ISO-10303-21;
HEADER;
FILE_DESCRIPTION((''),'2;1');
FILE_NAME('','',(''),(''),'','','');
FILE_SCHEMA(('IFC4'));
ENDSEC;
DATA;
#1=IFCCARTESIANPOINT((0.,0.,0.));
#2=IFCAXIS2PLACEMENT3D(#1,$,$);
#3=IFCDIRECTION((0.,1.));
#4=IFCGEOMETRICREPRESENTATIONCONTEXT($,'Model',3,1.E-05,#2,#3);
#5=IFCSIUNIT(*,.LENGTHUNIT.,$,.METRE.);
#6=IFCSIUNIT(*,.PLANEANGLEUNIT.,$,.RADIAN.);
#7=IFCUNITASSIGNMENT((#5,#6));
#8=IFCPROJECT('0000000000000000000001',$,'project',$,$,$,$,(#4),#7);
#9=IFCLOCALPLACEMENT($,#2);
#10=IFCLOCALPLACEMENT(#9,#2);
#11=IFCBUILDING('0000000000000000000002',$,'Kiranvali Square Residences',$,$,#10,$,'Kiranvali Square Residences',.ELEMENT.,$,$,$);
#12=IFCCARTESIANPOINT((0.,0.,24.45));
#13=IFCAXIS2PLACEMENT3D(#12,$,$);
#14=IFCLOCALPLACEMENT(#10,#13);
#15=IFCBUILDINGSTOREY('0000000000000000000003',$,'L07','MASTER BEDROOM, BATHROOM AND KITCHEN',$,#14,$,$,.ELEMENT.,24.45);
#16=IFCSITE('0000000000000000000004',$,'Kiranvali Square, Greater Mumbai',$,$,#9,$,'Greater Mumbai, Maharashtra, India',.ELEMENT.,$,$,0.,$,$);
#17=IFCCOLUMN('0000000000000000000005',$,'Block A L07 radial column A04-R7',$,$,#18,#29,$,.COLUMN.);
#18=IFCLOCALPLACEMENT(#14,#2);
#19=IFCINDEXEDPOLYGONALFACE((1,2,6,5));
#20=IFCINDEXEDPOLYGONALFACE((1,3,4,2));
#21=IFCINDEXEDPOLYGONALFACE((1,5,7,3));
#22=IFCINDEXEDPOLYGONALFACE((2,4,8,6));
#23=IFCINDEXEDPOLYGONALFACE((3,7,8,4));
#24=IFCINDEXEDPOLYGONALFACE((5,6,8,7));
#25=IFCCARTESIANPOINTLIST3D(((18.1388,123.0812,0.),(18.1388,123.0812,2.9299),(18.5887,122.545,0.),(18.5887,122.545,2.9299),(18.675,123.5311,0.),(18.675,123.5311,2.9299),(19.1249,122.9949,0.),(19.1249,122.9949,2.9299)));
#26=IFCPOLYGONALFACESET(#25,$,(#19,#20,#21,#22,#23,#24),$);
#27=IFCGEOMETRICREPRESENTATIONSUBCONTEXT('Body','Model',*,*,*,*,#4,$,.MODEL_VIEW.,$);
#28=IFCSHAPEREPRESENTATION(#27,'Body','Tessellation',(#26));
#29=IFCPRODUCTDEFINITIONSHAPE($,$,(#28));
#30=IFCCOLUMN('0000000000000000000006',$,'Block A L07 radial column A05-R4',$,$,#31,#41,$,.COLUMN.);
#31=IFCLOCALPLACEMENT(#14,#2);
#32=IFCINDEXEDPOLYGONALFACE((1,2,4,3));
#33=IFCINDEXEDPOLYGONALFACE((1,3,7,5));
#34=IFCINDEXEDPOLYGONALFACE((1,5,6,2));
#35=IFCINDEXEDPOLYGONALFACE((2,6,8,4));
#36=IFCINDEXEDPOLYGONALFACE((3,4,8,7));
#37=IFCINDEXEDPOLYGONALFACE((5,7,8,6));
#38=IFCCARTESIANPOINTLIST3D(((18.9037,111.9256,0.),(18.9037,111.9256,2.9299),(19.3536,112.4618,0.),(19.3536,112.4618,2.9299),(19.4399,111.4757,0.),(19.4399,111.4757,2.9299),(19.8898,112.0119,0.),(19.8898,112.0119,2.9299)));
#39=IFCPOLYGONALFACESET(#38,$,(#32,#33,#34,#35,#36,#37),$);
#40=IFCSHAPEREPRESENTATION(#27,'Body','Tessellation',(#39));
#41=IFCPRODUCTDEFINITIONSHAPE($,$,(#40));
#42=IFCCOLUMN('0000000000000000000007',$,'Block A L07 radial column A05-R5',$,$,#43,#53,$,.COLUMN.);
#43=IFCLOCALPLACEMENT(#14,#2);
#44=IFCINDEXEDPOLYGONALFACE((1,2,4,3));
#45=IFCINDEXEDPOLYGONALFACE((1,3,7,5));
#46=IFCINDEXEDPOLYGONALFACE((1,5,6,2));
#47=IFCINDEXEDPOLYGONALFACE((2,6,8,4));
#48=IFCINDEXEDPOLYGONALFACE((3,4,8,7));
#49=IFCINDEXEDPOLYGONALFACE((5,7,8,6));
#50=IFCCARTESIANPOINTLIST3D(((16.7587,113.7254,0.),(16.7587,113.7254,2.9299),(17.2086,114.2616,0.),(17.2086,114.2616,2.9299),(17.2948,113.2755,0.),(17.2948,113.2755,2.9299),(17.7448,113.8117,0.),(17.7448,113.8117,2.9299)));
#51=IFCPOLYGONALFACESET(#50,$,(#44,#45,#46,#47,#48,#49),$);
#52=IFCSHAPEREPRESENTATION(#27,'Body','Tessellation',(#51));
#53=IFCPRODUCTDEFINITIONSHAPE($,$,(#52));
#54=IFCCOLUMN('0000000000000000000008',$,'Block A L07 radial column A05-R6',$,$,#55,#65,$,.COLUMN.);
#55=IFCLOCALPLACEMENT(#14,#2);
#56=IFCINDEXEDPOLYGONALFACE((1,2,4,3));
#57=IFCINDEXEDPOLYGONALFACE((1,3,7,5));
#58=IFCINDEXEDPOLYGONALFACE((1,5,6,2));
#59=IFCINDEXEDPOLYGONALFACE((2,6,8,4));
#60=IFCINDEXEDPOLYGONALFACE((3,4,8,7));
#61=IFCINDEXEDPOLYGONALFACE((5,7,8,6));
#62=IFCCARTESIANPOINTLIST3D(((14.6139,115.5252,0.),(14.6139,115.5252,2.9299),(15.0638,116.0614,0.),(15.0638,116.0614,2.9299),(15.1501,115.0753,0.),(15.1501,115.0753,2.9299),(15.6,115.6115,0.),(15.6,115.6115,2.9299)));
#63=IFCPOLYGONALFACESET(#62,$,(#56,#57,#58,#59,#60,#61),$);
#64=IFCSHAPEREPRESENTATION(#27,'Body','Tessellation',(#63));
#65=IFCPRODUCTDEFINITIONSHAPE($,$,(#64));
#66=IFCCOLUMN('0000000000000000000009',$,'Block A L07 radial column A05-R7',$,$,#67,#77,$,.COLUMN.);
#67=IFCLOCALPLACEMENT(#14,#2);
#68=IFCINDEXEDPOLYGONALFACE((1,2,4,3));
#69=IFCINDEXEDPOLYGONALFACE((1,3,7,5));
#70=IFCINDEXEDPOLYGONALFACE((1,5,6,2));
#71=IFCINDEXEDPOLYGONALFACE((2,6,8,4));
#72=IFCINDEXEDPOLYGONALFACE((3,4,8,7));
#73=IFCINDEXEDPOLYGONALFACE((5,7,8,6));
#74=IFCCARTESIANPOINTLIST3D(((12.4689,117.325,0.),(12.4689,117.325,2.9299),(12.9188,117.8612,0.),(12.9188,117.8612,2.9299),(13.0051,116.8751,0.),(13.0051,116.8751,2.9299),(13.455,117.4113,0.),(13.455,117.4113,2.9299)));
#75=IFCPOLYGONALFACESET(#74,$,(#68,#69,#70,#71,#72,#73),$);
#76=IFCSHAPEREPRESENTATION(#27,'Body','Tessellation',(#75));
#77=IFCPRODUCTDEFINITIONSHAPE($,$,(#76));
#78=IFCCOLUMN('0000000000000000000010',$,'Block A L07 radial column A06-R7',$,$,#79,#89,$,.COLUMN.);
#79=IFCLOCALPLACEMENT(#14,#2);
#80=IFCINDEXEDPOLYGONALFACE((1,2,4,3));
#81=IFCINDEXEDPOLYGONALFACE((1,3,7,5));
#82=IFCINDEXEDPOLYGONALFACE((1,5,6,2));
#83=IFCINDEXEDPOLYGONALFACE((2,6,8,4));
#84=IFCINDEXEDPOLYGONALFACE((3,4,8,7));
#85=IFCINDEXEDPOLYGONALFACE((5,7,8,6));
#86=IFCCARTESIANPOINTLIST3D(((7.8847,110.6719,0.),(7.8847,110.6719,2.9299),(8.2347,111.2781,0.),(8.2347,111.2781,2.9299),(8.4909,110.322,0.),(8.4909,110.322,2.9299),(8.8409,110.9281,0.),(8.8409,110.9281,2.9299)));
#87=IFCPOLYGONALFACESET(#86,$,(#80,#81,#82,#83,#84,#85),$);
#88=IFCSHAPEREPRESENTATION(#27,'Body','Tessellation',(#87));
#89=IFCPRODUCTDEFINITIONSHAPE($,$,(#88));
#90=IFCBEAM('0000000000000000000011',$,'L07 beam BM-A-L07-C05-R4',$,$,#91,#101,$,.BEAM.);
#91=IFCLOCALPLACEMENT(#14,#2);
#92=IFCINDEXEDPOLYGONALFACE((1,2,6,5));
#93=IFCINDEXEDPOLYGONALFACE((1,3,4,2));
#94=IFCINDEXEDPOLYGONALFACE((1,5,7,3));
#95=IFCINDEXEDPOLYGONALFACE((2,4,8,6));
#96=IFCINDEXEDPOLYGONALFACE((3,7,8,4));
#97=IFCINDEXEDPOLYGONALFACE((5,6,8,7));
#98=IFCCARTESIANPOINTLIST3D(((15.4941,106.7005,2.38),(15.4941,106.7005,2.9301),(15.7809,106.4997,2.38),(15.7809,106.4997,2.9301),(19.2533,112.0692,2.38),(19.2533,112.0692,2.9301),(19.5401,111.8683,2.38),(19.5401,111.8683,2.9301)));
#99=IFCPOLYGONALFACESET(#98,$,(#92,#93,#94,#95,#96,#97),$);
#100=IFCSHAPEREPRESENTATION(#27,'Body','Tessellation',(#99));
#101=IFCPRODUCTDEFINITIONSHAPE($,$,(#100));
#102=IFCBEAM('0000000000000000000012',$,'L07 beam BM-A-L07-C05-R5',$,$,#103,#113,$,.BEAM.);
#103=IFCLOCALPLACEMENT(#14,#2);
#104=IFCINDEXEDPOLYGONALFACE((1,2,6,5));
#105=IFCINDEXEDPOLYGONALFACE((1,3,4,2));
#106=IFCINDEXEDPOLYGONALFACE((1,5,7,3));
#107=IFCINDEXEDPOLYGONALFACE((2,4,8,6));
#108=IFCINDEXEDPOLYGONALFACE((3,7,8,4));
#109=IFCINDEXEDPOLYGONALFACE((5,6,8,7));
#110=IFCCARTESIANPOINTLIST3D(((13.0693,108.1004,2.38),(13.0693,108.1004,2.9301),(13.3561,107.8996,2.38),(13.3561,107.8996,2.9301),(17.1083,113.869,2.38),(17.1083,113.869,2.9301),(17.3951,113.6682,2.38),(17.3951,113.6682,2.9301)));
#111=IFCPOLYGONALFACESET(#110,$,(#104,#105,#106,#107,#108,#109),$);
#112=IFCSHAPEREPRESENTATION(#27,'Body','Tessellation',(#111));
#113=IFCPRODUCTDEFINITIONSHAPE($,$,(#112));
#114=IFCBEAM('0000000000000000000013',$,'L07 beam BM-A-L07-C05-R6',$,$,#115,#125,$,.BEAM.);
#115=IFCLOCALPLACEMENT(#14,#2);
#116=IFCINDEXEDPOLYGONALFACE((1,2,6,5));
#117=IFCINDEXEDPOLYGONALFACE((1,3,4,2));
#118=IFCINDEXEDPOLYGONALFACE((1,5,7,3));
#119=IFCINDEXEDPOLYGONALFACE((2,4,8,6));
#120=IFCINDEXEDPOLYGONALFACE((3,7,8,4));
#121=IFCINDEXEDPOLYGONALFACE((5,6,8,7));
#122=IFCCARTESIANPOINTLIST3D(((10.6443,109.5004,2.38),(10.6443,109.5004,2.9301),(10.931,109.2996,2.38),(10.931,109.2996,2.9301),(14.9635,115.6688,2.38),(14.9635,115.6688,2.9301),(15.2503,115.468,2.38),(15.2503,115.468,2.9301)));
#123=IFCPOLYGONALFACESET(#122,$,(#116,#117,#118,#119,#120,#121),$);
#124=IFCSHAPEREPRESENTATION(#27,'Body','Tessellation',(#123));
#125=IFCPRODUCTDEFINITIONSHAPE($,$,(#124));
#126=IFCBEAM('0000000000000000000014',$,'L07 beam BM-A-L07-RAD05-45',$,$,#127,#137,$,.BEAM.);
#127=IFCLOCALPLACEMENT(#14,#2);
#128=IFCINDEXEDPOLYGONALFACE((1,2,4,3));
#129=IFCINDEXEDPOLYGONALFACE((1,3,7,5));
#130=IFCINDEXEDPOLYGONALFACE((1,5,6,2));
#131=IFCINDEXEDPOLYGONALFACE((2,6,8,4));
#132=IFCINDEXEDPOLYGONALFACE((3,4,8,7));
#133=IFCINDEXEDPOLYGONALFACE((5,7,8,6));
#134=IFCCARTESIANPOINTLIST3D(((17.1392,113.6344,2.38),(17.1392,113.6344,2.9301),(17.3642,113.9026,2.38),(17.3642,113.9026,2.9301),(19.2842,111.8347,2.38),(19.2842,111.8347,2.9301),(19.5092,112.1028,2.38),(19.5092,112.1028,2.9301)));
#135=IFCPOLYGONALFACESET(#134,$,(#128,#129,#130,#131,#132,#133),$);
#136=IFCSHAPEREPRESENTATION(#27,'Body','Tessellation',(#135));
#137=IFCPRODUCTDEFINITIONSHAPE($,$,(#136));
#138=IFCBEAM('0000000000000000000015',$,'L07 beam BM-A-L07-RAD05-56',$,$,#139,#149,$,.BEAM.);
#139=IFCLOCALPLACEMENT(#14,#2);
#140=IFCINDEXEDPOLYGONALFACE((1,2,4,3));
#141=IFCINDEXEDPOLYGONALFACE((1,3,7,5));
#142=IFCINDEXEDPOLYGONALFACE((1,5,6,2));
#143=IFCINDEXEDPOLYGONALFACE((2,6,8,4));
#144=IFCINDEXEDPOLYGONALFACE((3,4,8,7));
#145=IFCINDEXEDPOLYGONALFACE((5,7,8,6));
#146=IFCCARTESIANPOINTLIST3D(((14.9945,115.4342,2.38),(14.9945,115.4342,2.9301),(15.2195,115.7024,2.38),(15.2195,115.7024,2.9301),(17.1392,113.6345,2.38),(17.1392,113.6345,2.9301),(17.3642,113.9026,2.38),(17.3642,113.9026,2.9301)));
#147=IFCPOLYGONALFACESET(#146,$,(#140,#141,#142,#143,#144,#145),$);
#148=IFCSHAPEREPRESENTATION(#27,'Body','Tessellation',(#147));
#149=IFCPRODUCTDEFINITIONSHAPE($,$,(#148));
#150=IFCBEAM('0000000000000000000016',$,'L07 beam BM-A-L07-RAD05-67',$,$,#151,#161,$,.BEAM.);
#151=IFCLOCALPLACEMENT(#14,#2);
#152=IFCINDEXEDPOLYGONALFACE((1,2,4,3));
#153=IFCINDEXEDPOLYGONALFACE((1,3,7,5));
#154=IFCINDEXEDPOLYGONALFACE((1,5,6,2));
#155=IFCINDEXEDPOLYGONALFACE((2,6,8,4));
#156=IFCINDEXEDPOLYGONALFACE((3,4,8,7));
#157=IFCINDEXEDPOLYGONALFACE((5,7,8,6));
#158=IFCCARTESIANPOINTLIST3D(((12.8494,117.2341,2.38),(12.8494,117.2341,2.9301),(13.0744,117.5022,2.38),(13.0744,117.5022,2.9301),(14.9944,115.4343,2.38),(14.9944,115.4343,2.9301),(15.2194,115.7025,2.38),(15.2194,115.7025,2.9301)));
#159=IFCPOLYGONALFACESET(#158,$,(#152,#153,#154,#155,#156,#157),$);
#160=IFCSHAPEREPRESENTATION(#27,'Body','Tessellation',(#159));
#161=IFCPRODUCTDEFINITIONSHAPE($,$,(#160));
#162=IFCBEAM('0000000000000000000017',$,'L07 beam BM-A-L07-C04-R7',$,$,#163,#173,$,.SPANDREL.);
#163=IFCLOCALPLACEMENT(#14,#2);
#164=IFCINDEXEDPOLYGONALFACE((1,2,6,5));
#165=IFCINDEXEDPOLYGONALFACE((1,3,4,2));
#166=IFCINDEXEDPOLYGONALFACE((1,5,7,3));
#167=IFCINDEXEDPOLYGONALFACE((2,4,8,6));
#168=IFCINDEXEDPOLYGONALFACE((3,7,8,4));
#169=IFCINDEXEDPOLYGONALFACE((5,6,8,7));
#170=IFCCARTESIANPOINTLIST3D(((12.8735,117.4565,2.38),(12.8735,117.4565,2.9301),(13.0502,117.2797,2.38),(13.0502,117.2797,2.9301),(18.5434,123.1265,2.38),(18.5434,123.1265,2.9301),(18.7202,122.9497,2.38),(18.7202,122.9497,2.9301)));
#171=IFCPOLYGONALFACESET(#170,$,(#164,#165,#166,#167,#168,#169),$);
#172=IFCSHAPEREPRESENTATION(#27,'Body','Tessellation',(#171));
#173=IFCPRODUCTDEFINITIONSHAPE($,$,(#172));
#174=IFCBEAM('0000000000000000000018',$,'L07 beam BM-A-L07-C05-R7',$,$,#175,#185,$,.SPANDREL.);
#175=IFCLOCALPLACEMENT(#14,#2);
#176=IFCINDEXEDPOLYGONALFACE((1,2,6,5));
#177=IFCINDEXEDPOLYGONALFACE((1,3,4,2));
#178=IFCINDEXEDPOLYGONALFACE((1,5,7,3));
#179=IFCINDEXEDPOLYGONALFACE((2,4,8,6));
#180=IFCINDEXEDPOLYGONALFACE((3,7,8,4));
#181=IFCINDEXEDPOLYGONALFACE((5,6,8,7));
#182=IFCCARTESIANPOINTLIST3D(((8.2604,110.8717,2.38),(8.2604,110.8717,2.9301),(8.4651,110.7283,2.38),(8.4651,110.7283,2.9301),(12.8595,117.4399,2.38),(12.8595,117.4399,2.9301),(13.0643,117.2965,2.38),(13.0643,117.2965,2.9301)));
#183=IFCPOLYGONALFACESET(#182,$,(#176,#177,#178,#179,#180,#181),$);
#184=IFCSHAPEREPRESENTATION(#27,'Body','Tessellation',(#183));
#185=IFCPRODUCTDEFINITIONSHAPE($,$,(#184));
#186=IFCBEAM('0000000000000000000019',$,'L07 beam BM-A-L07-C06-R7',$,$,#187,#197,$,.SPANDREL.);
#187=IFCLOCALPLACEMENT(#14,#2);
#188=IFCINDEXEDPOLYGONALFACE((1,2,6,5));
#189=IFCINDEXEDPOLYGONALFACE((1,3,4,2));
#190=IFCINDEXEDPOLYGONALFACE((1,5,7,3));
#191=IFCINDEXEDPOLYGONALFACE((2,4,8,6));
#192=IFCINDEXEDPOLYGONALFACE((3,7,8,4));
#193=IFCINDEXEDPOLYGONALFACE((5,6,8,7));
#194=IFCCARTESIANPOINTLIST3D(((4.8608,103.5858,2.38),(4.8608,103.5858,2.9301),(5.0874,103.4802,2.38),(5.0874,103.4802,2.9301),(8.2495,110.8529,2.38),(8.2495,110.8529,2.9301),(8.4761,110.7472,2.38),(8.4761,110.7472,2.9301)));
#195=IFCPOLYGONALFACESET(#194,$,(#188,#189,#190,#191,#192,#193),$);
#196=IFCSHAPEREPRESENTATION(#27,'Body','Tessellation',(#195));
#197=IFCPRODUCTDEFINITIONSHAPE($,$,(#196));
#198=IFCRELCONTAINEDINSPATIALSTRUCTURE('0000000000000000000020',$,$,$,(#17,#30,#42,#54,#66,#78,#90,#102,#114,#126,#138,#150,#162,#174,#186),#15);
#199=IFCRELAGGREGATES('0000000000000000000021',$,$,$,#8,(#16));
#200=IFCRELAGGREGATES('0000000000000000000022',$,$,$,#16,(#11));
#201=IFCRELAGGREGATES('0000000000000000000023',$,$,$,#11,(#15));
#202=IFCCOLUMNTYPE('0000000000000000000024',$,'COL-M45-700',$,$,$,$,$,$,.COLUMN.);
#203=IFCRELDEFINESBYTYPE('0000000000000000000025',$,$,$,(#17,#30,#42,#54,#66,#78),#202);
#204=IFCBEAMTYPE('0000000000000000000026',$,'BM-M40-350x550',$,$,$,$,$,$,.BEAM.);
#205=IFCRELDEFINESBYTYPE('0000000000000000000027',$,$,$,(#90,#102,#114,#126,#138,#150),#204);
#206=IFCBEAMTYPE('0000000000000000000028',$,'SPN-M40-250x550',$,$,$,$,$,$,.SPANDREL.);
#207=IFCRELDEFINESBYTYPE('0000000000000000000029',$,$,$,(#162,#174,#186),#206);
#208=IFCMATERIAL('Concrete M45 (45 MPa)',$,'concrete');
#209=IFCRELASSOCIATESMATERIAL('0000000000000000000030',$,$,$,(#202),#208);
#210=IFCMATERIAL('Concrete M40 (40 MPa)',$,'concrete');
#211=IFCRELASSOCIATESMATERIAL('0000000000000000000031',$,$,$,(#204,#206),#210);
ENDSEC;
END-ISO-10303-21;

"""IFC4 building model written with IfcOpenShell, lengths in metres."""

from ifc_helpers import new_model, si_unit, direction, frame, origin, origin_2d, place, context, subcontext, project, spatial, rectangle, extrude, material, material_profile, profile_set, type_object, element, save


model = new_model("IFC4")

# Units and contexts
model_context = context("Model", 3, precision=1e-05, world=origin(), true_north=direction((0.0, 1.0)))
body_context = subcontext(model_context, "Body", "Model", "MODEL_VIEW")
ifc_project = project(units=[si_unit("LENGTHUNIT", "METRE"), si_unit("PLANEANGLEUNIT", "RADIAN")], contexts=[model_context])

# Site, building, storey
site_placement = place(None, origin())
site = spatial("IfcSite", under=ifc_project, at=site_placement, Name="Kiranvali Square, Greater Mumbai", LongName="Greater Mumbai, Maharashtra, India", CompositionType="ELEMENT", RefElevation=0.0)
building_placement = place(site_placement, origin())
building = spatial("IfcBuilding", under=site, at=building_placement, Name="Kiranvali Square Residences", LongName="Kiranvali Square Residences", CompositionType="ELEMENT")
storey_placement = place(building_placement, frame((0.0, 0.0, 24.45)))
storey = spatial("IfcBuildingStorey", under=building, at=storey_placement, Name="L07", Description="MASTER BEDROOM, BATHROOM AND KITCHEN", CompositionType="ELEMENT", Elevation=24.45)

# Columns
ifc_material_1 = material(Name="Concrete M45 (45 MPa)", Category="concrete")
ifc_material_profile_1 = material_profile(ifc_material_1, rectangle(XDim=0.7, YDim=0.7, at=origin_2d()), Name="RC 700x700")
ifc_profile_set_1 = profile_set([ifc_material_profile_1], Name="Concrete M45 (45 MPa)")
column_type = type_object("IfcColumnType", Name="COL-M45-700", PredefinedType="COLUMN", material=ifc_profile_set_1)
for number, where, z_axis, x_axis, name in (
    (1, (18.6318, 123.0381, 0.0), (0.0, 0.0, 1.0), (0.766044, 0.642788, 0.0), "Block A L07 radial column A04-R7"),
    (2, (19.3967, 111.9688, 0.0), (0.0, 0.0, 1.0), (0.642788, 0.766044, 0.0), "Block A L07 radial column A05-R4"),
    (3, (17.2517, 113.7686, 0.0), (0.0, 0.0, 1.0), (0.642788, 0.766044, 0.0), "Block A L07 radial column A05-R5"),
    (4, (15.1069, 115.5684, 0.0), (0.0, 0.0, 1.0), (0.642788, 0.766044, 0.0), "Block A L07 radial column A05-R6"),
    (5, (12.9619, 117.3682, 0.0), (0.0, 0.0, 1.0), (0.642788, 0.766044, 0.0), "Block A L07 radial column A05-R7"),
    (6, (8.3628, 110.8, 0.0), (0.0, 0.0, 1.0), (0.5, 0.866025, 0.0), "Block A L07 radial column A06-R7"),
):
    element("IfcColumn", number, at=place(storey_placement, frame(where, z_axis=z_axis, x_axis=x_axis)), inside=storey, type_object=column_type, Name=name, PredefinedType="COLUMN", context=body_context, shape_type="SweptSolid", body=[
        extrude(rectangle(XDim=0.7, YDim=0.7, at=origin_2d()), origin(), (0.0, 0.0, 1.0), 2.9299),
    ])

# Beams
ifc_material_2 = material(Name="Concrete M40 (40 MPa)", Category="concrete")
ifc_material_profile_2 = material_profile(ifc_material_2, rectangle(XDim=0.3501, YDim=0.55, at=origin_2d()), Name="RC 350x550")
ifc_profile_set_2 = profile_set([ifc_material_profile_2], Name="Concrete M40 (40 MPa)")
beam_type_1 = type_object("IfcBeamType", Name="BM-M40-350x550", PredefinedType="BEAM", material=ifc_profile_set_2)
beam_1_placement = place(storey_placement, frame((19.3967, 111.9688, 2.655), z_axis=(-0.573587, -0.819144, 0.0), x_axis=(0.819144, -0.573587, 0.0)))
element("IfcBeam", 7, at=beam_1_placement, inside=storey, type_object=beam_type_1, Name="L07 beam BM-A-L07-C05-R4", PredefinedType="BEAM", context=body_context, shape_type="SweptSolid", body=[
    extrude(rectangle(XDim=0.3501, YDim=0.55, at=origin_2d()), origin(), (0.0, 0.0, 1.0), 6.554),
])
beam_2_placement = place(storey_placement, frame((17.2517, 113.7686, 2.655), z_axis=(-0.573565, -0.81916, 0.0), x_axis=(0.81916, -0.573565, 0.0)))
element("IfcBeam", 8, at=beam_2_placement, inside=storey, type_object=beam_type_1, Name="L07 beam BM-A-L07-C05-R5", PredefinedType="BEAM", context=body_context, shape_type="SweptSolid", body=[
    extrude(rectangle(XDim=0.3501, YDim=0.55, at=origin_2d()), origin(), (0.0, 0.0, 1.0), 7.042),
])
beam_3_placement = place(storey_placement, frame((15.1069, 115.5684, 2.655), z_axis=(-0.573589, -0.819144, 0.0), x_axis=(0.819144, -0.573589, 0.0)))
element("IfcBeam", 9, at=beam_3_placement, inside=storey, type_object=beam_type_1, Name="L07 beam BM-A-L07-C05-R6", PredefinedType="BEAM", context=body_context, shape_type="SweptSolid", body=[
    extrude(rectangle(XDim=0.3501, YDim=0.55, at=origin_2d()), origin(), (0.0, 0.0, 1.0), 7.5303),
])
beam_4_placement = place(storey_placement, frame((19.3967, 111.9688, 2.655), z_axis=(-0.766059, 0.642771, 0.0), x_axis=(-0.642771, -0.766059, 0.0)))
element("IfcBeam", 10, at=beam_4_placement, inside=storey, type_object=beam_type_1, Name="L07 beam BM-A-L07-RAD05-45", PredefinedType="BEAM", context=body_context, shape_type="SweptSolid", body=[
    extrude(rectangle(XDim=0.3501, YDim=0.55, at=origin_2d()), origin(), (0.0, 0.0, 1.0), 2.8),
])
beam_5_placement = place(storey_placement, frame((17.2517, 113.7686, 2.655), z_axis=(-0.766023, 0.642814, 0.0), x_axis=(-0.642814, -0.766023, 0.0)))
element("IfcBeam", 11, at=beam_5_placement, inside=storey, type_object=beam_type_1, Name="L07 beam BM-A-L07-RAD05-56", PredefinedType="BEAM", context=body_context, shape_type="SweptSolid", body=[
    extrude(rectangle(XDim=0.3501, YDim=0.55, at=origin_2d()), origin(), (0.0, 0.0, 1.0), 2.7998),
])
beam_6_placement = place(storey_placement, frame((15.1069, 115.5684, 2.655), z_axis=(-0.766059, 0.642771, 0.0), x_axis=(-0.642771, -0.766059, 0.0)))
element("IfcBeam", 12, at=beam_6_placement, inside=storey, type_object=beam_type_1, Name="L07 beam BM-A-L07-RAD05-67", PredefinedType="BEAM", context=body_context, shape_type="SweptSolid", body=[
    extrude(rectangle(XDim=0.3501, YDim=0.55, at=origin_2d()), origin(), (0.0, 0.0, 1.0), 2.8),
])
ifc_material_profile_3 = material_profile(ifc_material_2, rectangle(XDim=0.25, YDim=0.55, at=origin_2d()), Name="RC 250x550")
ifc_profile_set_3 = profile_set([ifc_material_profile_3], Name="Concrete M40 (40 MPa)")
beam_type_2 = type_object("IfcBeamType", Name="SPN-M40-250x550", PredefinedType="SPANDREL", material=ifc_profile_set_3)
beam_7_placement = place(storey_placement, frame((18.6318, 123.0381, 2.655), z_axis=(-0.707107, -0.707107, 0.0), x_axis=(0.707107, -0.707107, 0.0)))
element("IfcBeam", 13, at=beam_7_placement, inside=storey, type_object=beam_type_2, Name="L07 beam BM-A-L07-C04-R7", PredefinedType="SPANDREL", context=body_context, shape_type="SweptSolid", body=[
    extrude(rectangle(XDim=0.25, YDim=0.55, at=origin_2d()), origin(), (0.0, 0.0, 1.0), 8.0186),
])
for number, where, z_axis, x_axis, name in (
    (14, (12.9619, 117.3682, 2.655), (-0.573583, -0.819148, 0.0), (0.819148, -0.573583, 0.0), "L07 beam BM-A-L07-C05-R7"),
    (15, (8.3628, 110.8, 2.655), (-0.422615, -0.906309, 0.0), (0.906309, -0.422615, 0.0), "L07 beam BM-A-L07-C06-R7"),
):
    element("IfcBeam", number, at=place(storey_placement, frame(where, z_axis=z_axis, x_axis=x_axis)), inside=storey, type_object=beam_type_2, Name=name, PredefinedType="SPANDREL", context=body_context, shape_type="SweptSolid", body=[
        extrude(rectangle(XDim=0.25, YDim=0.55, at=origin_2d()), origin(), (0.0, 0.0, 1.0), 8.0183),
    ])

save(model, "model.ifc")
